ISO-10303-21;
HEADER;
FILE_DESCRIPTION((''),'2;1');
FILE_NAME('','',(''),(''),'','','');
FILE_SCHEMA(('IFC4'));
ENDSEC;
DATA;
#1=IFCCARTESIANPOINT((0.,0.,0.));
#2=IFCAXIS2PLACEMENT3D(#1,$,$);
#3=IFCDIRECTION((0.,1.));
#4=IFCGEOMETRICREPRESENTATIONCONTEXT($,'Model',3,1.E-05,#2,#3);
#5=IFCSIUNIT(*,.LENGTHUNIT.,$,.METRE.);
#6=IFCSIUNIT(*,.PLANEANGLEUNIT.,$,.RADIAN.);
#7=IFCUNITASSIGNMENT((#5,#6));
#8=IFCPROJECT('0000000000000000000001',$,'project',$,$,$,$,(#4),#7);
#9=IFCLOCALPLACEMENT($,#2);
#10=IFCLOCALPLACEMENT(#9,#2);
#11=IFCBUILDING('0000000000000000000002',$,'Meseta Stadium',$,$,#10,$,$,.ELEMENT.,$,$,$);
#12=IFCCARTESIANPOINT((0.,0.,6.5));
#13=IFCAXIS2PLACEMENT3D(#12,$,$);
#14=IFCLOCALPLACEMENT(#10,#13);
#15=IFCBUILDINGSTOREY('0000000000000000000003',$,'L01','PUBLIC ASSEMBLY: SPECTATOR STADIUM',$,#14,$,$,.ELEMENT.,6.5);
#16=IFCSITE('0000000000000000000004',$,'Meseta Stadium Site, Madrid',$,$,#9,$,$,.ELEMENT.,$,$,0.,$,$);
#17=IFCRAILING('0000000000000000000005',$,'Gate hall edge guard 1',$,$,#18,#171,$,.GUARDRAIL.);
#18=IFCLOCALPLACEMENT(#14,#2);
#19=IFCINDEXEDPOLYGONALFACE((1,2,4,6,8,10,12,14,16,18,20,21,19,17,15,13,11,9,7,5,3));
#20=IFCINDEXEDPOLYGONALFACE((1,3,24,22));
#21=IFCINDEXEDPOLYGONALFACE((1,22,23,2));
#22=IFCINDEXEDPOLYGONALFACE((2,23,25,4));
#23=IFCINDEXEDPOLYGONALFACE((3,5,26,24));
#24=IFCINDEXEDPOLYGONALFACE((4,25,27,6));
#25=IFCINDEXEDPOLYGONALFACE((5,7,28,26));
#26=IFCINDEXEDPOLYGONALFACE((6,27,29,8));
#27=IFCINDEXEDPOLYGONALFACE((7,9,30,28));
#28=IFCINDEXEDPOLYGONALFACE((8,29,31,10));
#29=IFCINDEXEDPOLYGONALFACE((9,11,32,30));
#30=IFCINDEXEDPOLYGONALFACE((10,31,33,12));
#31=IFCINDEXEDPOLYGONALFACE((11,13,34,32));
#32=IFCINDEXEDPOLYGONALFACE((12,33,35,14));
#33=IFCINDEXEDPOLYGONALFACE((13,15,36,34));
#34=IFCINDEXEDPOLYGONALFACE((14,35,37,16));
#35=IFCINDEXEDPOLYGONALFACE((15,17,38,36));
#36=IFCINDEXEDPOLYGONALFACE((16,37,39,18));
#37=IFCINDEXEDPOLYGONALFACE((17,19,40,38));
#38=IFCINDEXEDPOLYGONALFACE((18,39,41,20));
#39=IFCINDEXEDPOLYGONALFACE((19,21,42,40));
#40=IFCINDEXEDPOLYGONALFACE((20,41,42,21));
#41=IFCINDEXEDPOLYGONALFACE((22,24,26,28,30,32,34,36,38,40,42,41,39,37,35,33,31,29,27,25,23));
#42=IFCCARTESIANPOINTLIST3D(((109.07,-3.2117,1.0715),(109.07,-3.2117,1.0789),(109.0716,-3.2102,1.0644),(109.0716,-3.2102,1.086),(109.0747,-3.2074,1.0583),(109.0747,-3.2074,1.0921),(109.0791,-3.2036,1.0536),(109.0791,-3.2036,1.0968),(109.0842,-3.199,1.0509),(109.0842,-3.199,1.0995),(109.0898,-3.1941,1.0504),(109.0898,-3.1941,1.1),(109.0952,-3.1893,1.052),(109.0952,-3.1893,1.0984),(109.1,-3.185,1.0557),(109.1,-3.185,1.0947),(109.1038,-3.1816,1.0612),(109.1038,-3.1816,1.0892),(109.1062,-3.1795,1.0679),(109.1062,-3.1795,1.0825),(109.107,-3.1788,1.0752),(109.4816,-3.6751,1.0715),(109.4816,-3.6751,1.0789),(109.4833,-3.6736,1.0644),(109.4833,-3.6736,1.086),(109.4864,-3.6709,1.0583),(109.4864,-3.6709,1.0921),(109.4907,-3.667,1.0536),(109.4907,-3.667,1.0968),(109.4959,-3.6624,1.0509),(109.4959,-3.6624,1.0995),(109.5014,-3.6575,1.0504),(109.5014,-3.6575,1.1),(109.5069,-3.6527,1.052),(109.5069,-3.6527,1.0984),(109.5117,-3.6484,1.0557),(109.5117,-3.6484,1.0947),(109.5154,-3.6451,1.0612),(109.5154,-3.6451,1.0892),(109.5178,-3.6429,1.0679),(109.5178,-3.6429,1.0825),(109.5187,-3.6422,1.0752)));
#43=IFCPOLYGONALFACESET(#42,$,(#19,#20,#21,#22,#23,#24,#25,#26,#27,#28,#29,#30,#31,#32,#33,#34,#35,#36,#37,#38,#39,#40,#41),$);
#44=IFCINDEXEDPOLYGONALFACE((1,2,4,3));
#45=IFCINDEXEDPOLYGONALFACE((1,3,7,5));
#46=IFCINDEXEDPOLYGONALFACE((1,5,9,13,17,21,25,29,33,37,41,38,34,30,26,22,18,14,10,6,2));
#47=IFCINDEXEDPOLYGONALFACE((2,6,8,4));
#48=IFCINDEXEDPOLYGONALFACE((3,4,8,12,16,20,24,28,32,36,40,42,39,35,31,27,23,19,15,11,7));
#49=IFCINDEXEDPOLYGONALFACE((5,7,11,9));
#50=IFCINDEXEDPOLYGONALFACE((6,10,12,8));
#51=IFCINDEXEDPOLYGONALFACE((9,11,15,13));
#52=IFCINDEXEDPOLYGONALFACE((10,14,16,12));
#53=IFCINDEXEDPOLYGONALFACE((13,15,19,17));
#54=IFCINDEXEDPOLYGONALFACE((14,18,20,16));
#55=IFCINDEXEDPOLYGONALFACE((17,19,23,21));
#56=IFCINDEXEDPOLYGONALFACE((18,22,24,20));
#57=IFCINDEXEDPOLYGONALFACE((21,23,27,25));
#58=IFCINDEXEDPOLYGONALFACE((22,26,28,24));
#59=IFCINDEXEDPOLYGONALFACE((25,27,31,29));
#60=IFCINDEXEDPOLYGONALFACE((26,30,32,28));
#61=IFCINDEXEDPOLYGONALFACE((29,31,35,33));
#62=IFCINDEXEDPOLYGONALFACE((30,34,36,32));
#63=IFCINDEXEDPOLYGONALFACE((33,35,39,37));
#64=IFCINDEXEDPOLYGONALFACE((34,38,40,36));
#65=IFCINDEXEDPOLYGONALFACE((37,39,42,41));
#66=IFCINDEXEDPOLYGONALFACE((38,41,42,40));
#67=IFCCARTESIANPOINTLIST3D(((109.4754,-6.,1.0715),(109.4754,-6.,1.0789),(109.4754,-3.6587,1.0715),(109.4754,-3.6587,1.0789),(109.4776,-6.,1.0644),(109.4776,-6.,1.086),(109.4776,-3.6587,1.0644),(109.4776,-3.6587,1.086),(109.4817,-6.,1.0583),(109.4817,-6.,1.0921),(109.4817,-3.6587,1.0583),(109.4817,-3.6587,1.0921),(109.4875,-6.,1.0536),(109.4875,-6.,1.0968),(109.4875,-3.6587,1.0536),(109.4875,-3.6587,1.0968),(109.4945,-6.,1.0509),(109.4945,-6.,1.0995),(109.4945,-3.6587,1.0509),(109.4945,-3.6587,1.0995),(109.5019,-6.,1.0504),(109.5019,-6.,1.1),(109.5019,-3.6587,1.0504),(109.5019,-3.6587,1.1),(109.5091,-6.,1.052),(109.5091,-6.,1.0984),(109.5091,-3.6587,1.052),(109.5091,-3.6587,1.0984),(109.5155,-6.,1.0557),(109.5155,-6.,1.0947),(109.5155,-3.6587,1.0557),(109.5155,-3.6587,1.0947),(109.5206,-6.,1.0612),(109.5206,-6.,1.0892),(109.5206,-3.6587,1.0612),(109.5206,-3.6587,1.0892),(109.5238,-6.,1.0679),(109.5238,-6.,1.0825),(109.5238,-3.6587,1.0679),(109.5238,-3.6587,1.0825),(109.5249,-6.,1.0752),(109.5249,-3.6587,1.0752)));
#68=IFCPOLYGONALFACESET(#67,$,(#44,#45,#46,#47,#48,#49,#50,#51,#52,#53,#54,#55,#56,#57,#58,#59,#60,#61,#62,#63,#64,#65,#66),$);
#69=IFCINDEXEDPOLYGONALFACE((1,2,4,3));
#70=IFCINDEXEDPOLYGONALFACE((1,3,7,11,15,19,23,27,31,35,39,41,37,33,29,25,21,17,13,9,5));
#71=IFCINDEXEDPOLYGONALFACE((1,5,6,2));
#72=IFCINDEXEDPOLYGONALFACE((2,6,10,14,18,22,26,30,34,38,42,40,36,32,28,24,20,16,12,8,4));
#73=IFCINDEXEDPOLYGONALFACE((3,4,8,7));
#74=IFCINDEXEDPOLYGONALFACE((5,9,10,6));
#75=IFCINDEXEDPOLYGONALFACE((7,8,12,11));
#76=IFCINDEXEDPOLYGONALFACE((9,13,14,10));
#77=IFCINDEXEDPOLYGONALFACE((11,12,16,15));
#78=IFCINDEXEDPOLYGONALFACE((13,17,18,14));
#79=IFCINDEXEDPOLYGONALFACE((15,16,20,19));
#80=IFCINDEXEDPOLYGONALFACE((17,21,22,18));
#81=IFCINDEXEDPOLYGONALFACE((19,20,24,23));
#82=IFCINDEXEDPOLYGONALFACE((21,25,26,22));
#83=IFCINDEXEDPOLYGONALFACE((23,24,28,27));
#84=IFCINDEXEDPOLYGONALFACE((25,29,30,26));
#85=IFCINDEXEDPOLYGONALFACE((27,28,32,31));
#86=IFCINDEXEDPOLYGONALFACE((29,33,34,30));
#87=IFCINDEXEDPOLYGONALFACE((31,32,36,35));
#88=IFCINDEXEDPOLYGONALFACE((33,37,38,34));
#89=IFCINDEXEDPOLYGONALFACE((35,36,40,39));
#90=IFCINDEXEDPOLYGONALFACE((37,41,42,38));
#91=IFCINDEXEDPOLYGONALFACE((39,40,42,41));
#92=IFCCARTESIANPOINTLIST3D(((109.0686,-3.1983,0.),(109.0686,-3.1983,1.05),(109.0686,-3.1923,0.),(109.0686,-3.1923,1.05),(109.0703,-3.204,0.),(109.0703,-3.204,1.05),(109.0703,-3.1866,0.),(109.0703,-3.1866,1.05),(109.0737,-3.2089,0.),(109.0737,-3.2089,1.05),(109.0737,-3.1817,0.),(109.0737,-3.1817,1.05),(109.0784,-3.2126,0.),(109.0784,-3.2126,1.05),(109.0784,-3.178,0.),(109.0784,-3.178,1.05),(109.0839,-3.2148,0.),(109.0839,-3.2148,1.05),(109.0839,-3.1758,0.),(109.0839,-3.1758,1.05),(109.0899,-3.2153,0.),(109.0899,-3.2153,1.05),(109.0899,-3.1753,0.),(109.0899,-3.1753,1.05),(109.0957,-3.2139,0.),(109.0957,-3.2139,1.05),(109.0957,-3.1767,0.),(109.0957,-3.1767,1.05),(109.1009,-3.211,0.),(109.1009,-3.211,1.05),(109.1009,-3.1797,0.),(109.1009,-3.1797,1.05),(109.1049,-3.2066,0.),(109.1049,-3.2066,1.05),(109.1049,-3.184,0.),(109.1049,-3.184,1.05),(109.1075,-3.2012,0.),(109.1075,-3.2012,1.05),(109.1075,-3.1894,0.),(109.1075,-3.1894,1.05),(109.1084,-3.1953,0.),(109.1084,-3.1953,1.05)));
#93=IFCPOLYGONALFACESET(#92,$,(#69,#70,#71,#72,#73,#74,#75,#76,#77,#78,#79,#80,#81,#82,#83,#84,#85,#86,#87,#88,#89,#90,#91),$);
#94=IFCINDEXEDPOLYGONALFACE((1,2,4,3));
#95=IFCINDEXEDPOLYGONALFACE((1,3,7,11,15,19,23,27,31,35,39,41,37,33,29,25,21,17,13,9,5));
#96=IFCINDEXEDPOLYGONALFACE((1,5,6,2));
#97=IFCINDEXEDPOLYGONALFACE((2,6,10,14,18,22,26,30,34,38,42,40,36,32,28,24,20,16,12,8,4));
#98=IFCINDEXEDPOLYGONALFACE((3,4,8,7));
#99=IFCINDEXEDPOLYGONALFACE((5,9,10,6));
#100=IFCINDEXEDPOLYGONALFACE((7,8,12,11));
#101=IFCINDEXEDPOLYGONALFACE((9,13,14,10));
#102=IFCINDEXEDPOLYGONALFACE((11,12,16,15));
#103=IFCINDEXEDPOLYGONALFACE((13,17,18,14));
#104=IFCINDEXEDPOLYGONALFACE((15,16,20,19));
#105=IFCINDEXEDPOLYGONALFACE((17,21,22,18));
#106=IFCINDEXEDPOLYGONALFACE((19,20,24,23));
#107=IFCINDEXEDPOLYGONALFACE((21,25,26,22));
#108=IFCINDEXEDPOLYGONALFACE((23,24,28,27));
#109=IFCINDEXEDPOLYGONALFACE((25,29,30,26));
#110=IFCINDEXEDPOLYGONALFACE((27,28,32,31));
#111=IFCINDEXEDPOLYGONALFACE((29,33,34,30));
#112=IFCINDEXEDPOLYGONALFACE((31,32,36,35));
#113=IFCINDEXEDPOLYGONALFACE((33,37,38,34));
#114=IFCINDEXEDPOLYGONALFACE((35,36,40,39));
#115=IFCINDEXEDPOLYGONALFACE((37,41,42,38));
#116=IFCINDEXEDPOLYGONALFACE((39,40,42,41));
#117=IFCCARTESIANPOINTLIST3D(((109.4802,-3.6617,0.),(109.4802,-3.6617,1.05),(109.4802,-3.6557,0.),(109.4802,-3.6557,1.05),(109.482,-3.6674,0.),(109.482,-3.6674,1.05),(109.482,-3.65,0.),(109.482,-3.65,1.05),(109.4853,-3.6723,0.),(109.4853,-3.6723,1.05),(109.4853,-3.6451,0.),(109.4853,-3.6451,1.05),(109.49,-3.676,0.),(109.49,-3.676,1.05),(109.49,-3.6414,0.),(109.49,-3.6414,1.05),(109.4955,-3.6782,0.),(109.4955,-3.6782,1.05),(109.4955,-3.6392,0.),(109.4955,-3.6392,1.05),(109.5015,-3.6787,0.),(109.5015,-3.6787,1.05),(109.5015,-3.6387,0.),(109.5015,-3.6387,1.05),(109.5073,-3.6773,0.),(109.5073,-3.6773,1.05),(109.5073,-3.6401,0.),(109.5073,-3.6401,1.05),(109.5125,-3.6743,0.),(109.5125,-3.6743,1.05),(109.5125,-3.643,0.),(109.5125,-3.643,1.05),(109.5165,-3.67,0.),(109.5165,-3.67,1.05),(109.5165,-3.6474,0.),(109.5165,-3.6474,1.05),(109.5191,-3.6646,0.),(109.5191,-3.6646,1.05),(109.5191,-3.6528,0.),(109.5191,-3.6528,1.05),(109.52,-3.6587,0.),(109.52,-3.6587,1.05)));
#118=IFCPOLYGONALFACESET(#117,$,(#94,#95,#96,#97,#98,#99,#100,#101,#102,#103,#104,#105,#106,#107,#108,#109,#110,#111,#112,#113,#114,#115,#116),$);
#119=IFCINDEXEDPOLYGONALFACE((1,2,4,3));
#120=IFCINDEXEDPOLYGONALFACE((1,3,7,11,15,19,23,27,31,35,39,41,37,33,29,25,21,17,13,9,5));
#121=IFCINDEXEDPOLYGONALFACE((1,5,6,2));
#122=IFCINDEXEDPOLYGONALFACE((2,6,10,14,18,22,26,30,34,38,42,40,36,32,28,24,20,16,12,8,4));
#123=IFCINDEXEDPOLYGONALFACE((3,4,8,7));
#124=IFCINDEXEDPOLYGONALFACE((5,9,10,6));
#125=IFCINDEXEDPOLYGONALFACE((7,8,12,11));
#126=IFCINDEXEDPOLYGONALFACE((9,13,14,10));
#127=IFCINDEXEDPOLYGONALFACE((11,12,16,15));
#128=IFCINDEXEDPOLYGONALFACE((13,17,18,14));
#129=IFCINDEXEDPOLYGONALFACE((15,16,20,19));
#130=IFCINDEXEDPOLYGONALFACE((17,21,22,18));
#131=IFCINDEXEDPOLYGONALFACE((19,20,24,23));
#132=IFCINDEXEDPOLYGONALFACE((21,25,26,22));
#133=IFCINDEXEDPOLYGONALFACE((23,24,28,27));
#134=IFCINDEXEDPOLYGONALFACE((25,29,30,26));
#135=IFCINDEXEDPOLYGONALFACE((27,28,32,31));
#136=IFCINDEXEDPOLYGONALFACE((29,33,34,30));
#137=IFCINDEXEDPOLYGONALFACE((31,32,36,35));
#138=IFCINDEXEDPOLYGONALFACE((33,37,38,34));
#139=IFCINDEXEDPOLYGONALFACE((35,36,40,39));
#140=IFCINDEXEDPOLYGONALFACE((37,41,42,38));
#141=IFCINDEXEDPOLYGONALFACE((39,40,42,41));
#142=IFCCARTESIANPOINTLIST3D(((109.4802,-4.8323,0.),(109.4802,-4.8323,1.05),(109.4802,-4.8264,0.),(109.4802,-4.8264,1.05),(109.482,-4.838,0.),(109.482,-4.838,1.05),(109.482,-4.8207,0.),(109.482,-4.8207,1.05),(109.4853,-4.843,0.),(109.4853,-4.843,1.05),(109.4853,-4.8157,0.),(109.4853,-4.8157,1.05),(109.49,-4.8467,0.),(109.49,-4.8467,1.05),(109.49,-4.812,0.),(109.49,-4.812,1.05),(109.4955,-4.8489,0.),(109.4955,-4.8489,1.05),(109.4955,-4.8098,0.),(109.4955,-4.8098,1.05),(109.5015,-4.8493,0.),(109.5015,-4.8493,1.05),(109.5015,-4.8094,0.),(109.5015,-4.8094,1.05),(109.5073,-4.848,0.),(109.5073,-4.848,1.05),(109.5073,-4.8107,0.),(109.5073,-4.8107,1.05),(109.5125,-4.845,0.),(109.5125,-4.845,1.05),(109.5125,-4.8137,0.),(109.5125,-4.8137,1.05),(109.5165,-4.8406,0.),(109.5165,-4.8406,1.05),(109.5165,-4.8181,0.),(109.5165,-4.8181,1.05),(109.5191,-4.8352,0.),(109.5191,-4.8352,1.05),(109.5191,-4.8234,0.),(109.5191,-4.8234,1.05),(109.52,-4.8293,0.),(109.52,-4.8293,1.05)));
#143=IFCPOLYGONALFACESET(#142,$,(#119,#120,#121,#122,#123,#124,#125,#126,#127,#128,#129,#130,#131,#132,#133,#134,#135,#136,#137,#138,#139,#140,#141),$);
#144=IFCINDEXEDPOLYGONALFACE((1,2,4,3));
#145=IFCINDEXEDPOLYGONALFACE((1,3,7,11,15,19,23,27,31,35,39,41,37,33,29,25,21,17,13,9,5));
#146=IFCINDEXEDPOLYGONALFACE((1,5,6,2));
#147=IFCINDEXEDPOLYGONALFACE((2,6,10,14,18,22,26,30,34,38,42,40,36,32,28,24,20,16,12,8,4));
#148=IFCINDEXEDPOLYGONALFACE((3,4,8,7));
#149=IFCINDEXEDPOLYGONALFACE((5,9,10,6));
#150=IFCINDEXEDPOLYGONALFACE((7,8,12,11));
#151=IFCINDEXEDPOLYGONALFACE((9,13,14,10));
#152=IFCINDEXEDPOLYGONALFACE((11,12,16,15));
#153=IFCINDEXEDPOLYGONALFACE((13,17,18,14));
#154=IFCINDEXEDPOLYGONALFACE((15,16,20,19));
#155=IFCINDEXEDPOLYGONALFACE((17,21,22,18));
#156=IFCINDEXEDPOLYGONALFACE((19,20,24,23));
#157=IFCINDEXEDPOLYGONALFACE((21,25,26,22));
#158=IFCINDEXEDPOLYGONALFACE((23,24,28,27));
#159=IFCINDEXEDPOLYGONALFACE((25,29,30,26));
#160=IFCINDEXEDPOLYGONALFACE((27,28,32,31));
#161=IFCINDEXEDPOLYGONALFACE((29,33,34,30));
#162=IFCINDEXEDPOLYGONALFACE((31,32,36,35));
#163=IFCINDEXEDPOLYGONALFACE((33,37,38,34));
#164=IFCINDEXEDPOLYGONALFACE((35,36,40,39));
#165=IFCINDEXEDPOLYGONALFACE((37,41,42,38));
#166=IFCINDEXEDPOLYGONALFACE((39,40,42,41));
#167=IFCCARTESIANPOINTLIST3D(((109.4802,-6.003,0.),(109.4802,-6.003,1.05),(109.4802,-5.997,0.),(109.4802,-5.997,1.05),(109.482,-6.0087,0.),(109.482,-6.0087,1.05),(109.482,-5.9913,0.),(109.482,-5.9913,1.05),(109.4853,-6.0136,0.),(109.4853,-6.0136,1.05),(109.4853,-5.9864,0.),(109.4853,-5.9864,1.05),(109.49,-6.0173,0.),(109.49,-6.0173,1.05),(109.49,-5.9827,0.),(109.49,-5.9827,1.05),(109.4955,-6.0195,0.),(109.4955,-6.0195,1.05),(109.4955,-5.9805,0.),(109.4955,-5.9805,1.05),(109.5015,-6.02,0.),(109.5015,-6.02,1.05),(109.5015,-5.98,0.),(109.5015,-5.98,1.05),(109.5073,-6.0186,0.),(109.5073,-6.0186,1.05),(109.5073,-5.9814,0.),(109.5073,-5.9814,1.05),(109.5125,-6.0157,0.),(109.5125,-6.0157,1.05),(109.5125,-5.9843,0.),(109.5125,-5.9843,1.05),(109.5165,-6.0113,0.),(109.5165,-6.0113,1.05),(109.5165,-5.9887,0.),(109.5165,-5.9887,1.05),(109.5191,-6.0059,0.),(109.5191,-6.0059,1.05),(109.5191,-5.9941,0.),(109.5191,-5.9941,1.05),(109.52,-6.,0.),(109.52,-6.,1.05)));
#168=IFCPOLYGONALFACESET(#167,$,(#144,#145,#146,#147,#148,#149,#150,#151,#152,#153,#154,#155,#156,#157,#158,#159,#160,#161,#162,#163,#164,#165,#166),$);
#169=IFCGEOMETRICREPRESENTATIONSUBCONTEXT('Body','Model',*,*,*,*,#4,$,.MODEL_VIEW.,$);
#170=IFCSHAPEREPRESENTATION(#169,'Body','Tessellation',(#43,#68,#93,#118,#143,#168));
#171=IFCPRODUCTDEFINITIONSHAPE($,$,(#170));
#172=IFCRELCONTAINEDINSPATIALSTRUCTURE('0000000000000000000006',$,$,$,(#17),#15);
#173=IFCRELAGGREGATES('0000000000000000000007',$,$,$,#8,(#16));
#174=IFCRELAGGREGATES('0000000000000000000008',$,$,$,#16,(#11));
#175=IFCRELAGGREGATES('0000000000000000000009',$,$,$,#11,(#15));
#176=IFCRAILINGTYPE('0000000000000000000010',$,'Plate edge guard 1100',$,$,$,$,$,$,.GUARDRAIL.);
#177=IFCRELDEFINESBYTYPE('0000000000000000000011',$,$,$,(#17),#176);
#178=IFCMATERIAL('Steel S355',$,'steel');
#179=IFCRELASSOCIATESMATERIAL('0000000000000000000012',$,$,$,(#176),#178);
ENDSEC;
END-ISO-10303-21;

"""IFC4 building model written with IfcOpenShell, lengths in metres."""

from ifc_helpers import new_model, si_unit, direction, frame, origin, origin_2d, place, context, subcontext, project, spatial, circle, extrude, material, type_object, element, save


model = new_model("IFC4")

# Units and contexts
model_context = context("Model", 3, precision=1e-05, world=origin(), true_north=direction((0.0, 1.0)))
body_context = subcontext(model_context, "Body", "Model", "MODEL_VIEW")
ifc_project = project(units=[si_unit("LENGTHUNIT", "METRE"), si_unit("PLANEANGLEUNIT", "RADIAN")], contexts=[model_context])

# Site, building, storey
site_placement = place(None, origin())
site = spatial("IfcSite", under=ifc_project, at=site_placement, Name="Meseta Stadium Site, Madrid", CompositionType="ELEMENT", RefElevation=0.0)
building_placement = place(site_placement, origin())
building = spatial("IfcBuilding", under=site, at=building_placement, Name="Meseta Stadium", CompositionType="ELEMENT")
storey_placement = place(building_placement, frame((0.0, 0.0, 6.5)))
storey = spatial("IfcBuildingStorey", under=building, at=storey_placement, Name="L01", Description="PUBLIC ASSEMBLY: SPECTATOR STADIUM", CompositionType="ELEMENT", Elevation=6.5)

# Railing
ifc_material_1 = material(Name="Steel S355", Category="steel")
railing_type = type_object("IfcRailingType", Name="Plate edge guard 1100", PredefinedType="GUARDRAIL", material=ifc_material_1)
railing_placement = place(storey_placement, frame((109.0884, -3.1953, 0.0)))
element("IfcRailing", 1, at=railing_placement, inside=storey, type_object=railing_type, Name="Gate hall edge guard 1", PredefinedType="GUARDRAIL", context=body_context, shape_type="SweptSolid", body=[
    extrude(circle(Radius=0.0249, at=origin_2d()), frame((0.0, 0.0, 1.0752), z_axis=(0.664119, -0.747627, 0.0), x_axis=(0.747627, 0.664119, 0.0)), (0.0, 0.0, 1.0), 0.6199),
    extrude(circle(Radius=0.0249, at=origin_2d()), frame((0.4116, -0.4634, 1.0752), z_axis=(0.0, -1.0, 0.0), x_axis=(1.0, 0.0, 0.0)), (0.0, 0.0, 1.0), 2.3413),
    extrude(circle(Radius=0.02, at=origin_2d()), origin(), (0.0, 0.0, 1.0), 1.05),
    extrude(circle(Radius=0.02, at=origin_2d()), frame((0.4116, -0.4634, 0.0)), (0.0, 0.0, 1.0), 1.05),
    extrude(circle(Radius=0.02, at=origin_2d()), frame((0.4116, -1.634, 0.0)), (0.0, 0.0, 1.0), 1.05),
    extrude(circle(Radius=0.02, at=origin_2d()), frame((0.4116, -2.8047, 0.0)), (0.0, 0.0, 1.0), 1.05),
])

save(model, "model.ifc")
